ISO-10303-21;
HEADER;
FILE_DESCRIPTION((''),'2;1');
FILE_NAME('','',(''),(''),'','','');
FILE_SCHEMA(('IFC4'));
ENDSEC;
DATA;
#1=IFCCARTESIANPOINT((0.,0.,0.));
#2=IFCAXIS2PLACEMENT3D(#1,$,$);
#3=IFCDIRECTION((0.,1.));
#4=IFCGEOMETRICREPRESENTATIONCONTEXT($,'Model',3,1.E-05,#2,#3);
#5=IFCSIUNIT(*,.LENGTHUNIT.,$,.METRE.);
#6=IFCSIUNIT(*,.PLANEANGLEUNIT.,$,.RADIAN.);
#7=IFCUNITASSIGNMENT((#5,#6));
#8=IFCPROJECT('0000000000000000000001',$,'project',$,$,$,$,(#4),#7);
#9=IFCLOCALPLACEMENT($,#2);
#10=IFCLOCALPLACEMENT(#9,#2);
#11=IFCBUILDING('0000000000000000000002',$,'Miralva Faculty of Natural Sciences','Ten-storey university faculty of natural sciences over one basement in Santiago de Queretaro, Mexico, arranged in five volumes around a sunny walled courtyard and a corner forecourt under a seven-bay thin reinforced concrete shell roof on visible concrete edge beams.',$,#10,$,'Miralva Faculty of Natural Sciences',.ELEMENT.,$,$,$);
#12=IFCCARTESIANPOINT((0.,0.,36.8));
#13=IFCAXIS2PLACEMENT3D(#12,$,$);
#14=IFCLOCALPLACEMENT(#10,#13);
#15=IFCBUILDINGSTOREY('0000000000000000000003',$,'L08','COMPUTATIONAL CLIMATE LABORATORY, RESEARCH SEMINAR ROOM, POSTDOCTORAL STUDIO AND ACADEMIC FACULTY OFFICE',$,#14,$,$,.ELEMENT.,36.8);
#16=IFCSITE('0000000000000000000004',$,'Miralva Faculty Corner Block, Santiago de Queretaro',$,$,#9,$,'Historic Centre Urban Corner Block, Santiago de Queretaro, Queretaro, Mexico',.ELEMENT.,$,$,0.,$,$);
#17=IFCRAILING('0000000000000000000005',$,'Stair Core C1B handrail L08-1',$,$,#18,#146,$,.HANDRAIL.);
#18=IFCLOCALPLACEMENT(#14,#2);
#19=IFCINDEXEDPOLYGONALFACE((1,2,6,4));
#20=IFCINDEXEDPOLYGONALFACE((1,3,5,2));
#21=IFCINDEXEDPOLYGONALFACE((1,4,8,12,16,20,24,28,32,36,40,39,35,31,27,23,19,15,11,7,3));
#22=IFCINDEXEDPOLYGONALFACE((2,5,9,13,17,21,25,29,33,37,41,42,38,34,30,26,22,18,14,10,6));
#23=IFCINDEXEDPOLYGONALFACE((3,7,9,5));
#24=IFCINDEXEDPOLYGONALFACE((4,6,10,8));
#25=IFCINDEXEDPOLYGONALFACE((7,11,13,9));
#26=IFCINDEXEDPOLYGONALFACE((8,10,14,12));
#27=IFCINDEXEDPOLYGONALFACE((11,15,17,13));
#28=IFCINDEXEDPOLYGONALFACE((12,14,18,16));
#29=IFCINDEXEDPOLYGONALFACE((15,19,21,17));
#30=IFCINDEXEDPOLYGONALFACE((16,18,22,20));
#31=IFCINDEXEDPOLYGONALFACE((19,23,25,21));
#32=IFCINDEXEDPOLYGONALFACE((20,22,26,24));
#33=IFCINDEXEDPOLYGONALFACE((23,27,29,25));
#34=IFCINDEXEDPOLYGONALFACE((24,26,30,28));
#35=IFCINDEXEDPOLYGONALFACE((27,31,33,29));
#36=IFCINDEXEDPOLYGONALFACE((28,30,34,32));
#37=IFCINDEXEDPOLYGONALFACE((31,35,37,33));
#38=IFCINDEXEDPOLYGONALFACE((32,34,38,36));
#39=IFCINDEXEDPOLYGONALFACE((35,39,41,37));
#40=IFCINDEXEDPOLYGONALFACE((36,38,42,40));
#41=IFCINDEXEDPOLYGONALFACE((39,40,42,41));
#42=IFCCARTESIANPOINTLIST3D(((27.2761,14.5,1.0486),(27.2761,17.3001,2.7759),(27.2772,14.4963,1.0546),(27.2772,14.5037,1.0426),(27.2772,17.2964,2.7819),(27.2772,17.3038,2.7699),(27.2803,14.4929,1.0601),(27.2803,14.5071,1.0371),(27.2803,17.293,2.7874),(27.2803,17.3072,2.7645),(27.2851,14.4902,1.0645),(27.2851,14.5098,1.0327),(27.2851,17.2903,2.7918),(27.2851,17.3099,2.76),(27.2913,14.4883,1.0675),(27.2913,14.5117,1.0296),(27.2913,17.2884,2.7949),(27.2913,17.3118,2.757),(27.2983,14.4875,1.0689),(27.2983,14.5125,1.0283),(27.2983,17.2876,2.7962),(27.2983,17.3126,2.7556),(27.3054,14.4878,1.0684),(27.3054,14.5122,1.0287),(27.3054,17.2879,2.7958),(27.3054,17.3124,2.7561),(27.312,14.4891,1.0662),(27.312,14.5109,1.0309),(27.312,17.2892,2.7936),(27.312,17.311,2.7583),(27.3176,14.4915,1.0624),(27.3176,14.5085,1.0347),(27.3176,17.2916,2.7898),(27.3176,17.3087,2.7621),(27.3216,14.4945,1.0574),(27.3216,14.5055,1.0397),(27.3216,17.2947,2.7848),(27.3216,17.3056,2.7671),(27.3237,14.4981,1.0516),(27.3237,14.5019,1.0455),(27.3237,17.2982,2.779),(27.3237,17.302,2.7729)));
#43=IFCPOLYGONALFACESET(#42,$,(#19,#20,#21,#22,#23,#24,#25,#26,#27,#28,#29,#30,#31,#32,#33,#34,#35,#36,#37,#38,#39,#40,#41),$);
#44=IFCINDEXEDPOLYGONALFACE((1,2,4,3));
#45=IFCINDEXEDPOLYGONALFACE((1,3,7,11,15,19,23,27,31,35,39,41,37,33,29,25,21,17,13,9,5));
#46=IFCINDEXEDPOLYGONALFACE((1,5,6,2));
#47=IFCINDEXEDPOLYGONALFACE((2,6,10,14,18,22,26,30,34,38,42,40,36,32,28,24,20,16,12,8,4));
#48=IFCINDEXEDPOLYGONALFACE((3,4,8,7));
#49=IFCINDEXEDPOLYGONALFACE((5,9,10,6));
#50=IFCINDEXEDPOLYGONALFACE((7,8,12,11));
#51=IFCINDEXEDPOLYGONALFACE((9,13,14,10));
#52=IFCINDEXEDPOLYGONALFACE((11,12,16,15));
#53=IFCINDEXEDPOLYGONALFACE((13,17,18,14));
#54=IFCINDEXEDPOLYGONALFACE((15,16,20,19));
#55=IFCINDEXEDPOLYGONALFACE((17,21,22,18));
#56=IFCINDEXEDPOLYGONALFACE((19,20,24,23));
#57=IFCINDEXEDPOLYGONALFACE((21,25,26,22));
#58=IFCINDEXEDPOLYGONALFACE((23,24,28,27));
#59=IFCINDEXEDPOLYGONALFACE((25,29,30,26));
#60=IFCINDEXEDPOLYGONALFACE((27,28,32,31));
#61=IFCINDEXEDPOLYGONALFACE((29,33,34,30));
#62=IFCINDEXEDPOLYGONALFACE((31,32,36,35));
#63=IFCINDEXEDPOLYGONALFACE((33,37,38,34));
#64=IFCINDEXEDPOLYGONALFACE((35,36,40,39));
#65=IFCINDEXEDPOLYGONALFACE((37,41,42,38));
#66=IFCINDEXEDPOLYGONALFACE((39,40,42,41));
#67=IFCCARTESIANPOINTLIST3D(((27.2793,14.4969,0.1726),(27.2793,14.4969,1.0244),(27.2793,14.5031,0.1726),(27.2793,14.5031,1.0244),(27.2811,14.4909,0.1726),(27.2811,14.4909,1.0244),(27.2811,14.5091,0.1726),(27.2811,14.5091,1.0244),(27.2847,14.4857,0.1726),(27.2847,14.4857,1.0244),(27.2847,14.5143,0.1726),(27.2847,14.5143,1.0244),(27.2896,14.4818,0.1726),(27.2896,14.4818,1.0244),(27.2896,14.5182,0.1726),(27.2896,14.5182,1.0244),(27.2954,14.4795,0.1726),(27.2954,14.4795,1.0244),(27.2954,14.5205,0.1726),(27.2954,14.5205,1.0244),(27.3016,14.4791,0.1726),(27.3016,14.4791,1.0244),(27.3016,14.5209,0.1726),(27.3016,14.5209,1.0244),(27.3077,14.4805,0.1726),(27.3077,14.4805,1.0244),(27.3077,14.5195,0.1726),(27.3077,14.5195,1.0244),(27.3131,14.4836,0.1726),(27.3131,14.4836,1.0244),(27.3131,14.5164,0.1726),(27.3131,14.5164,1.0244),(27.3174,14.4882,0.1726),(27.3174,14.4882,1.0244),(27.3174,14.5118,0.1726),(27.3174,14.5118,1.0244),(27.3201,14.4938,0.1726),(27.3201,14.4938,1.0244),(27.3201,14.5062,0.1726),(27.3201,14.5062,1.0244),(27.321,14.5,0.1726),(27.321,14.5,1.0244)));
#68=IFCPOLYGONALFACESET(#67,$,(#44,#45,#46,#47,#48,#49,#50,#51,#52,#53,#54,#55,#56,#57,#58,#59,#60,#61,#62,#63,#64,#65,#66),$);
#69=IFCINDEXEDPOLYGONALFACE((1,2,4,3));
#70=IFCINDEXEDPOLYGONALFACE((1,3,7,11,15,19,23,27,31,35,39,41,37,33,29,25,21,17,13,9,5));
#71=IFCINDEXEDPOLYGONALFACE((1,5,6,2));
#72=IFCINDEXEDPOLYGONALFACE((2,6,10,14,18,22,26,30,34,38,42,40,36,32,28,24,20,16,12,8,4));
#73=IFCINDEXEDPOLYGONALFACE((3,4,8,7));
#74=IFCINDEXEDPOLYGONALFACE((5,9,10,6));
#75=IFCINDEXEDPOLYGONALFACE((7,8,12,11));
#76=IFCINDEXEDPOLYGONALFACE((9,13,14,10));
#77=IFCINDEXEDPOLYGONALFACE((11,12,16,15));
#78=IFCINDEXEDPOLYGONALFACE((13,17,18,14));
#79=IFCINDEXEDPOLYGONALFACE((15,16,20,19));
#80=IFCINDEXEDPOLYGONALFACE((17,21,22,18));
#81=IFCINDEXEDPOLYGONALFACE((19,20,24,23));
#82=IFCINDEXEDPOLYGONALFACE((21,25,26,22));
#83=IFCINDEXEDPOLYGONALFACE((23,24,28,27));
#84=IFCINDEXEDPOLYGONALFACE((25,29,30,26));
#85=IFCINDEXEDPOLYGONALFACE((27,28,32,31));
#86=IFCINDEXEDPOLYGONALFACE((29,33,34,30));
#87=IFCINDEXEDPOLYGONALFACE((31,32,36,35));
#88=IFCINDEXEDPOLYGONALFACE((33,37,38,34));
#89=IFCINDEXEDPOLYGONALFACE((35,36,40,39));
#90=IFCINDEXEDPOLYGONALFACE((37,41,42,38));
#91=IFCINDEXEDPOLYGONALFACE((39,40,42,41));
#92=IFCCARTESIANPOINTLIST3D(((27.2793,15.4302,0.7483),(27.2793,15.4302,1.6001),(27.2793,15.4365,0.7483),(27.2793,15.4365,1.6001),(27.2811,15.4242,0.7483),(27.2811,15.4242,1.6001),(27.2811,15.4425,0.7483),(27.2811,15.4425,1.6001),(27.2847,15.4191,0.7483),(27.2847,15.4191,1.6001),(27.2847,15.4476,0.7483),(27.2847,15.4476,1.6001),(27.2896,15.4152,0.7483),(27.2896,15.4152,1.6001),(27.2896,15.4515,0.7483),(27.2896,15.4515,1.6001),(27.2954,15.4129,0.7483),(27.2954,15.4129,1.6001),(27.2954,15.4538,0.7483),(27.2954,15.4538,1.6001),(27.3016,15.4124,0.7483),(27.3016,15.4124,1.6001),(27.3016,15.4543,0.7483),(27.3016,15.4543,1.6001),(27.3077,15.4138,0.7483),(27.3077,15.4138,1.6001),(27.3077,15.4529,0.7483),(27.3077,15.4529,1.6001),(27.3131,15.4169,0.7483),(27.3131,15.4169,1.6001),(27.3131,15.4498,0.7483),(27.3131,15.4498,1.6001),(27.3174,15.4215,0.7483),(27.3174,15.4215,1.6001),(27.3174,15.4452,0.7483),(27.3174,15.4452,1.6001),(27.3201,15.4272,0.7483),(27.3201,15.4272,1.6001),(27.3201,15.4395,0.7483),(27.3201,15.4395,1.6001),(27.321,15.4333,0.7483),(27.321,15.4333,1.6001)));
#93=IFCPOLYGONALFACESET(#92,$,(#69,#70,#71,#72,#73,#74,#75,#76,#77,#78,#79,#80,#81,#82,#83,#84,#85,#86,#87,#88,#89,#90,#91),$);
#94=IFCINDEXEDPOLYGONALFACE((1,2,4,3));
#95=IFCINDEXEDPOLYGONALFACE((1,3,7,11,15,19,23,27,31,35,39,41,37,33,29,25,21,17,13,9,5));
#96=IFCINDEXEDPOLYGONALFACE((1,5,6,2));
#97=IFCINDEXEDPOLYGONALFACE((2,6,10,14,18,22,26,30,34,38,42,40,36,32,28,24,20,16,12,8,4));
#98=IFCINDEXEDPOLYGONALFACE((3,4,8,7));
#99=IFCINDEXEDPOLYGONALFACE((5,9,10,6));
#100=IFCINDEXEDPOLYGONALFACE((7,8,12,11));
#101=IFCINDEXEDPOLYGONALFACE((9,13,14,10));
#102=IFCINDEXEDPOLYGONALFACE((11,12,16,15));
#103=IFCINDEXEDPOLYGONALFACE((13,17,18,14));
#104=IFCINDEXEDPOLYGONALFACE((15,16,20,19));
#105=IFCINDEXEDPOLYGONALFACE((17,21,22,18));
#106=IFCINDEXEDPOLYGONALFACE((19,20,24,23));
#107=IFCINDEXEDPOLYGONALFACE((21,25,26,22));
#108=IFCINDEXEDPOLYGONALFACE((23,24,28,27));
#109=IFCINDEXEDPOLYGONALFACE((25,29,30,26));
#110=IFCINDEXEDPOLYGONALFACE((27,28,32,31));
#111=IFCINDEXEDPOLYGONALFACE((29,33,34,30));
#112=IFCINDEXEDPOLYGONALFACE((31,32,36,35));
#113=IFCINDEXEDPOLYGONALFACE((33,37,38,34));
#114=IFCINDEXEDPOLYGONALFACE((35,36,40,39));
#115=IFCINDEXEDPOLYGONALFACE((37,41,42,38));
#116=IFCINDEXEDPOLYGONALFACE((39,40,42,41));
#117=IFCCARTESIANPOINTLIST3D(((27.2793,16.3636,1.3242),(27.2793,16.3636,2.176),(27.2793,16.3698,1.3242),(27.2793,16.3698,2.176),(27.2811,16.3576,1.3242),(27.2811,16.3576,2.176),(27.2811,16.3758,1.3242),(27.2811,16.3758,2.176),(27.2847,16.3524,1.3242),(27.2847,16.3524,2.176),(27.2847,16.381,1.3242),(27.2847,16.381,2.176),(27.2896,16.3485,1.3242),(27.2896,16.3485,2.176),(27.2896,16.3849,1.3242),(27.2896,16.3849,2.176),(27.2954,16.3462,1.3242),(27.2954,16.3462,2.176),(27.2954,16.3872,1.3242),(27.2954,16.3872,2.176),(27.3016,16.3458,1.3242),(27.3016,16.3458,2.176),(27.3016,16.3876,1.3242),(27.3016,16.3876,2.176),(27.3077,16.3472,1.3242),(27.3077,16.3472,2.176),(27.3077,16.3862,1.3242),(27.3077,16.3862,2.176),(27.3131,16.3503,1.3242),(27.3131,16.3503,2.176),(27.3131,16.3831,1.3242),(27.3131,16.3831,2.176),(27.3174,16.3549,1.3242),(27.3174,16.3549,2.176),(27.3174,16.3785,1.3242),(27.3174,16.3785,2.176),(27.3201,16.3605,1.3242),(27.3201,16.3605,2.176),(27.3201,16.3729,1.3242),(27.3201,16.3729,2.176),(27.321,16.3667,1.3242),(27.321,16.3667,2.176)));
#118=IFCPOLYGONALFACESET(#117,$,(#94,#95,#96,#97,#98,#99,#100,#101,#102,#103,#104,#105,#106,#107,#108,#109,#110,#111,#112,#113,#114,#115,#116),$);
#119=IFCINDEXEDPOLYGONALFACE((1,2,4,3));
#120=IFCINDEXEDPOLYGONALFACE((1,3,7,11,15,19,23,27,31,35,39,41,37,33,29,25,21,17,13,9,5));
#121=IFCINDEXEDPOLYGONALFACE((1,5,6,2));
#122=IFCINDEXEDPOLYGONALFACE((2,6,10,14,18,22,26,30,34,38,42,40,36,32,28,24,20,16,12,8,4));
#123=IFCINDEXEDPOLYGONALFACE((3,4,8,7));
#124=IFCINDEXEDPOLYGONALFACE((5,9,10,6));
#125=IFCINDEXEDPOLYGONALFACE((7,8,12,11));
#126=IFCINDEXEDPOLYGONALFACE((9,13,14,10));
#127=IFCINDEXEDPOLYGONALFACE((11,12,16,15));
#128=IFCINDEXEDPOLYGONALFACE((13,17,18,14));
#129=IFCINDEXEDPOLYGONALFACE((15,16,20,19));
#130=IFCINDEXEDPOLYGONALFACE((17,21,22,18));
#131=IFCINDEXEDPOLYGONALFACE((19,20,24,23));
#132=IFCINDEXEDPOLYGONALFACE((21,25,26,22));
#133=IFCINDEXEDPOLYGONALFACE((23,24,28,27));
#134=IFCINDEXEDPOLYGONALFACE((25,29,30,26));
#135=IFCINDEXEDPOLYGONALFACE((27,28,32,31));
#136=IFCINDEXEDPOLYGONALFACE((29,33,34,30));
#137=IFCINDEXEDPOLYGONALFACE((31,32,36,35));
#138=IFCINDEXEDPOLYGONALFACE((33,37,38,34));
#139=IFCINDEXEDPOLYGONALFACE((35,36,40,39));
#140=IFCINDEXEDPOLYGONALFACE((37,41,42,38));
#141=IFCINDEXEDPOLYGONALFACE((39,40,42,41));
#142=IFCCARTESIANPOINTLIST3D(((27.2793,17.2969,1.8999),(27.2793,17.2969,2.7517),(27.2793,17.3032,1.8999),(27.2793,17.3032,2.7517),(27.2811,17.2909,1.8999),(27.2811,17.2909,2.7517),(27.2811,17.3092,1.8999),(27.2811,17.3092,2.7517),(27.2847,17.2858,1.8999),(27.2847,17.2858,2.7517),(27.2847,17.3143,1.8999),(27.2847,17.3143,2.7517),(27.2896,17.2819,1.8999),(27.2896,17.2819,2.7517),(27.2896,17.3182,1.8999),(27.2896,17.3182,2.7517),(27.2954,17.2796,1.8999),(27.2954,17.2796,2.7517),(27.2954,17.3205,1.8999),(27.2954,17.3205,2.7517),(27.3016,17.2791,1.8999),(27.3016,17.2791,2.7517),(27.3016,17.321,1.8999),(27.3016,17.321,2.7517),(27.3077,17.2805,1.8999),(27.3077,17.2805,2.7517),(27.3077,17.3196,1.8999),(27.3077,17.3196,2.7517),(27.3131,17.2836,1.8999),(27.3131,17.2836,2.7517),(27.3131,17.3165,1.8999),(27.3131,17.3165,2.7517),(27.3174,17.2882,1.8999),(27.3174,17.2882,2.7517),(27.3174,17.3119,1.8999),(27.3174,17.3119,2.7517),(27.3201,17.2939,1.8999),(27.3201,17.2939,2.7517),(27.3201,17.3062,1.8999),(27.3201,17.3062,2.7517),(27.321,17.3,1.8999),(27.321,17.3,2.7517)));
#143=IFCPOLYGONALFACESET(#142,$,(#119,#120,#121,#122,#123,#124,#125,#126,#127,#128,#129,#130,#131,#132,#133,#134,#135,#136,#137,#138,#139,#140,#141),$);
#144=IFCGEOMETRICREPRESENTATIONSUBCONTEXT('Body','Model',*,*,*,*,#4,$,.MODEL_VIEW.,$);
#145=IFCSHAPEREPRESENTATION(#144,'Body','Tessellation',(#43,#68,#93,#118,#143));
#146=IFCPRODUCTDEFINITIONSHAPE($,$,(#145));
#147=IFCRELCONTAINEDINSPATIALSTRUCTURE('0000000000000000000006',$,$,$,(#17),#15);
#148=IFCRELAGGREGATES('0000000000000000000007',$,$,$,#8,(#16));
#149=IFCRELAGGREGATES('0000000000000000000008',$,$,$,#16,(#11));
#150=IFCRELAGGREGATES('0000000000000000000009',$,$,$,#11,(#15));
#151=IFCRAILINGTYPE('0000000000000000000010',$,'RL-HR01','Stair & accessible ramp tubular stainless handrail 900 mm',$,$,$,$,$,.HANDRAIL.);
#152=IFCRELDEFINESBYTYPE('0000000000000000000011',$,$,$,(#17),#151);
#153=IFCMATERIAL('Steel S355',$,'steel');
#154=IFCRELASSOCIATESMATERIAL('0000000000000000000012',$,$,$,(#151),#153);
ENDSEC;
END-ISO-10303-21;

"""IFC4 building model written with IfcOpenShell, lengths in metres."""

from ifc_helpers import new_model, si_unit, direction, frame, origin, origin_2d, place, context, subcontext, project, spatial, circle, extrude, material, type_object, element, save


model = new_model("IFC4")

# Units and contexts
model_context = context("Model", 3, precision=1e-05, world=origin(), true_north=direction((0.0, 1.0)))
body_context = subcontext(model_context, "Body", "Model", "MODEL_VIEW")
ifc_project = project(units=[si_unit("LENGTHUNIT", "METRE"), si_unit("PLANEANGLEUNIT", "RADIAN")], contexts=[model_context])

# Site, building, storey
site_placement = place(None, origin())
site = spatial("IfcSite", under=ifc_project, at=site_placement, Name="Miralva Faculty Corner Block, Santiago de Queretaro", LongName="Historic Centre Urban Corner Block, Santiago de Queretaro, Queretaro, Mexico", CompositionType="ELEMENT", RefElevation=0.0)
building_placement = place(site_placement, origin())
building = spatial("IfcBuilding", under=site, at=building_placement, Name="Miralva Faculty of Natural Sciences", Description="Ten-storey university faculty of natural sciences over one basement in Santiago de Queretaro, Mexico, arranged in five volumes around a sunny walled courtyard and a corner forecourt under a seven-bay thin reinforced concrete shell roof on visible concrete edge beams.", LongName="Miralva Faculty of Natural Sciences", CompositionType="ELEMENT")
storey_placement = place(building_placement, frame((0.0, 0.0, 36.8)))
storey = spatial("IfcBuildingStorey", under=building, at=storey_placement, Name="L08", Description="COMPUTATIONAL CLIMATE LABORATORY, RESEARCH SEMINAR ROOM, POSTDOCTORAL STUDIO AND ACADEMIC FACULTY OFFICE", CompositionType="ELEMENT", Elevation=36.8)

# Railing
ifc_material_1 = material(Name="Steel S355", Category="steel")
railing_type_1 = type_object("IfcRailingType", Name="RL-HR01", Description="Stair & accessible ramp tubular stainless handrail 900 mm", PredefinedType="HANDRAIL", material=ifc_material_1)
railing_1_placement = place(storey_placement, frame((27.3, 14.5, 0.1726)))
element("IfcRailing", 1, at=railing_1_placement, inside=storey, type_object=railing_type_1, Name="Stair Core C1B handrail L08-1", PredefinedType="HANDRAIL", context=body_context, shape_type="SweptSolid", body=[
    extrude(circle(Radius=0.0239, at=origin_2d()), frame((0.0, 0.0, 0.876), z_axis=(0.0, 0.85109, 0.52502), x_axis=(-1.0, 0.0, 0.0)), (0.0, 0.0, 1.0), 3.29),
    extrude(circle(Radius=0.021, at=origin_2d()), origin(), (0.0, 0.0, 1.0), 0.8518),
    extrude(circle(Radius=0.021, at=origin_2d()), frame((0.0, 0.9333, 0.5757)), (0.0, 0.0, 1.0), 0.8518),
    extrude(circle(Radius=0.021, at=origin_2d()), frame((0.0, 1.8667, 1.1516)), (0.0, 0.0, 1.0), 0.8518),
    extrude(circle(Radius=0.021, at=origin_2d()), frame((0.0, 2.8, 1.7273)), (0.0, 0.0, 1.0), 0.8518),
])

save(model, "model.ifc")
